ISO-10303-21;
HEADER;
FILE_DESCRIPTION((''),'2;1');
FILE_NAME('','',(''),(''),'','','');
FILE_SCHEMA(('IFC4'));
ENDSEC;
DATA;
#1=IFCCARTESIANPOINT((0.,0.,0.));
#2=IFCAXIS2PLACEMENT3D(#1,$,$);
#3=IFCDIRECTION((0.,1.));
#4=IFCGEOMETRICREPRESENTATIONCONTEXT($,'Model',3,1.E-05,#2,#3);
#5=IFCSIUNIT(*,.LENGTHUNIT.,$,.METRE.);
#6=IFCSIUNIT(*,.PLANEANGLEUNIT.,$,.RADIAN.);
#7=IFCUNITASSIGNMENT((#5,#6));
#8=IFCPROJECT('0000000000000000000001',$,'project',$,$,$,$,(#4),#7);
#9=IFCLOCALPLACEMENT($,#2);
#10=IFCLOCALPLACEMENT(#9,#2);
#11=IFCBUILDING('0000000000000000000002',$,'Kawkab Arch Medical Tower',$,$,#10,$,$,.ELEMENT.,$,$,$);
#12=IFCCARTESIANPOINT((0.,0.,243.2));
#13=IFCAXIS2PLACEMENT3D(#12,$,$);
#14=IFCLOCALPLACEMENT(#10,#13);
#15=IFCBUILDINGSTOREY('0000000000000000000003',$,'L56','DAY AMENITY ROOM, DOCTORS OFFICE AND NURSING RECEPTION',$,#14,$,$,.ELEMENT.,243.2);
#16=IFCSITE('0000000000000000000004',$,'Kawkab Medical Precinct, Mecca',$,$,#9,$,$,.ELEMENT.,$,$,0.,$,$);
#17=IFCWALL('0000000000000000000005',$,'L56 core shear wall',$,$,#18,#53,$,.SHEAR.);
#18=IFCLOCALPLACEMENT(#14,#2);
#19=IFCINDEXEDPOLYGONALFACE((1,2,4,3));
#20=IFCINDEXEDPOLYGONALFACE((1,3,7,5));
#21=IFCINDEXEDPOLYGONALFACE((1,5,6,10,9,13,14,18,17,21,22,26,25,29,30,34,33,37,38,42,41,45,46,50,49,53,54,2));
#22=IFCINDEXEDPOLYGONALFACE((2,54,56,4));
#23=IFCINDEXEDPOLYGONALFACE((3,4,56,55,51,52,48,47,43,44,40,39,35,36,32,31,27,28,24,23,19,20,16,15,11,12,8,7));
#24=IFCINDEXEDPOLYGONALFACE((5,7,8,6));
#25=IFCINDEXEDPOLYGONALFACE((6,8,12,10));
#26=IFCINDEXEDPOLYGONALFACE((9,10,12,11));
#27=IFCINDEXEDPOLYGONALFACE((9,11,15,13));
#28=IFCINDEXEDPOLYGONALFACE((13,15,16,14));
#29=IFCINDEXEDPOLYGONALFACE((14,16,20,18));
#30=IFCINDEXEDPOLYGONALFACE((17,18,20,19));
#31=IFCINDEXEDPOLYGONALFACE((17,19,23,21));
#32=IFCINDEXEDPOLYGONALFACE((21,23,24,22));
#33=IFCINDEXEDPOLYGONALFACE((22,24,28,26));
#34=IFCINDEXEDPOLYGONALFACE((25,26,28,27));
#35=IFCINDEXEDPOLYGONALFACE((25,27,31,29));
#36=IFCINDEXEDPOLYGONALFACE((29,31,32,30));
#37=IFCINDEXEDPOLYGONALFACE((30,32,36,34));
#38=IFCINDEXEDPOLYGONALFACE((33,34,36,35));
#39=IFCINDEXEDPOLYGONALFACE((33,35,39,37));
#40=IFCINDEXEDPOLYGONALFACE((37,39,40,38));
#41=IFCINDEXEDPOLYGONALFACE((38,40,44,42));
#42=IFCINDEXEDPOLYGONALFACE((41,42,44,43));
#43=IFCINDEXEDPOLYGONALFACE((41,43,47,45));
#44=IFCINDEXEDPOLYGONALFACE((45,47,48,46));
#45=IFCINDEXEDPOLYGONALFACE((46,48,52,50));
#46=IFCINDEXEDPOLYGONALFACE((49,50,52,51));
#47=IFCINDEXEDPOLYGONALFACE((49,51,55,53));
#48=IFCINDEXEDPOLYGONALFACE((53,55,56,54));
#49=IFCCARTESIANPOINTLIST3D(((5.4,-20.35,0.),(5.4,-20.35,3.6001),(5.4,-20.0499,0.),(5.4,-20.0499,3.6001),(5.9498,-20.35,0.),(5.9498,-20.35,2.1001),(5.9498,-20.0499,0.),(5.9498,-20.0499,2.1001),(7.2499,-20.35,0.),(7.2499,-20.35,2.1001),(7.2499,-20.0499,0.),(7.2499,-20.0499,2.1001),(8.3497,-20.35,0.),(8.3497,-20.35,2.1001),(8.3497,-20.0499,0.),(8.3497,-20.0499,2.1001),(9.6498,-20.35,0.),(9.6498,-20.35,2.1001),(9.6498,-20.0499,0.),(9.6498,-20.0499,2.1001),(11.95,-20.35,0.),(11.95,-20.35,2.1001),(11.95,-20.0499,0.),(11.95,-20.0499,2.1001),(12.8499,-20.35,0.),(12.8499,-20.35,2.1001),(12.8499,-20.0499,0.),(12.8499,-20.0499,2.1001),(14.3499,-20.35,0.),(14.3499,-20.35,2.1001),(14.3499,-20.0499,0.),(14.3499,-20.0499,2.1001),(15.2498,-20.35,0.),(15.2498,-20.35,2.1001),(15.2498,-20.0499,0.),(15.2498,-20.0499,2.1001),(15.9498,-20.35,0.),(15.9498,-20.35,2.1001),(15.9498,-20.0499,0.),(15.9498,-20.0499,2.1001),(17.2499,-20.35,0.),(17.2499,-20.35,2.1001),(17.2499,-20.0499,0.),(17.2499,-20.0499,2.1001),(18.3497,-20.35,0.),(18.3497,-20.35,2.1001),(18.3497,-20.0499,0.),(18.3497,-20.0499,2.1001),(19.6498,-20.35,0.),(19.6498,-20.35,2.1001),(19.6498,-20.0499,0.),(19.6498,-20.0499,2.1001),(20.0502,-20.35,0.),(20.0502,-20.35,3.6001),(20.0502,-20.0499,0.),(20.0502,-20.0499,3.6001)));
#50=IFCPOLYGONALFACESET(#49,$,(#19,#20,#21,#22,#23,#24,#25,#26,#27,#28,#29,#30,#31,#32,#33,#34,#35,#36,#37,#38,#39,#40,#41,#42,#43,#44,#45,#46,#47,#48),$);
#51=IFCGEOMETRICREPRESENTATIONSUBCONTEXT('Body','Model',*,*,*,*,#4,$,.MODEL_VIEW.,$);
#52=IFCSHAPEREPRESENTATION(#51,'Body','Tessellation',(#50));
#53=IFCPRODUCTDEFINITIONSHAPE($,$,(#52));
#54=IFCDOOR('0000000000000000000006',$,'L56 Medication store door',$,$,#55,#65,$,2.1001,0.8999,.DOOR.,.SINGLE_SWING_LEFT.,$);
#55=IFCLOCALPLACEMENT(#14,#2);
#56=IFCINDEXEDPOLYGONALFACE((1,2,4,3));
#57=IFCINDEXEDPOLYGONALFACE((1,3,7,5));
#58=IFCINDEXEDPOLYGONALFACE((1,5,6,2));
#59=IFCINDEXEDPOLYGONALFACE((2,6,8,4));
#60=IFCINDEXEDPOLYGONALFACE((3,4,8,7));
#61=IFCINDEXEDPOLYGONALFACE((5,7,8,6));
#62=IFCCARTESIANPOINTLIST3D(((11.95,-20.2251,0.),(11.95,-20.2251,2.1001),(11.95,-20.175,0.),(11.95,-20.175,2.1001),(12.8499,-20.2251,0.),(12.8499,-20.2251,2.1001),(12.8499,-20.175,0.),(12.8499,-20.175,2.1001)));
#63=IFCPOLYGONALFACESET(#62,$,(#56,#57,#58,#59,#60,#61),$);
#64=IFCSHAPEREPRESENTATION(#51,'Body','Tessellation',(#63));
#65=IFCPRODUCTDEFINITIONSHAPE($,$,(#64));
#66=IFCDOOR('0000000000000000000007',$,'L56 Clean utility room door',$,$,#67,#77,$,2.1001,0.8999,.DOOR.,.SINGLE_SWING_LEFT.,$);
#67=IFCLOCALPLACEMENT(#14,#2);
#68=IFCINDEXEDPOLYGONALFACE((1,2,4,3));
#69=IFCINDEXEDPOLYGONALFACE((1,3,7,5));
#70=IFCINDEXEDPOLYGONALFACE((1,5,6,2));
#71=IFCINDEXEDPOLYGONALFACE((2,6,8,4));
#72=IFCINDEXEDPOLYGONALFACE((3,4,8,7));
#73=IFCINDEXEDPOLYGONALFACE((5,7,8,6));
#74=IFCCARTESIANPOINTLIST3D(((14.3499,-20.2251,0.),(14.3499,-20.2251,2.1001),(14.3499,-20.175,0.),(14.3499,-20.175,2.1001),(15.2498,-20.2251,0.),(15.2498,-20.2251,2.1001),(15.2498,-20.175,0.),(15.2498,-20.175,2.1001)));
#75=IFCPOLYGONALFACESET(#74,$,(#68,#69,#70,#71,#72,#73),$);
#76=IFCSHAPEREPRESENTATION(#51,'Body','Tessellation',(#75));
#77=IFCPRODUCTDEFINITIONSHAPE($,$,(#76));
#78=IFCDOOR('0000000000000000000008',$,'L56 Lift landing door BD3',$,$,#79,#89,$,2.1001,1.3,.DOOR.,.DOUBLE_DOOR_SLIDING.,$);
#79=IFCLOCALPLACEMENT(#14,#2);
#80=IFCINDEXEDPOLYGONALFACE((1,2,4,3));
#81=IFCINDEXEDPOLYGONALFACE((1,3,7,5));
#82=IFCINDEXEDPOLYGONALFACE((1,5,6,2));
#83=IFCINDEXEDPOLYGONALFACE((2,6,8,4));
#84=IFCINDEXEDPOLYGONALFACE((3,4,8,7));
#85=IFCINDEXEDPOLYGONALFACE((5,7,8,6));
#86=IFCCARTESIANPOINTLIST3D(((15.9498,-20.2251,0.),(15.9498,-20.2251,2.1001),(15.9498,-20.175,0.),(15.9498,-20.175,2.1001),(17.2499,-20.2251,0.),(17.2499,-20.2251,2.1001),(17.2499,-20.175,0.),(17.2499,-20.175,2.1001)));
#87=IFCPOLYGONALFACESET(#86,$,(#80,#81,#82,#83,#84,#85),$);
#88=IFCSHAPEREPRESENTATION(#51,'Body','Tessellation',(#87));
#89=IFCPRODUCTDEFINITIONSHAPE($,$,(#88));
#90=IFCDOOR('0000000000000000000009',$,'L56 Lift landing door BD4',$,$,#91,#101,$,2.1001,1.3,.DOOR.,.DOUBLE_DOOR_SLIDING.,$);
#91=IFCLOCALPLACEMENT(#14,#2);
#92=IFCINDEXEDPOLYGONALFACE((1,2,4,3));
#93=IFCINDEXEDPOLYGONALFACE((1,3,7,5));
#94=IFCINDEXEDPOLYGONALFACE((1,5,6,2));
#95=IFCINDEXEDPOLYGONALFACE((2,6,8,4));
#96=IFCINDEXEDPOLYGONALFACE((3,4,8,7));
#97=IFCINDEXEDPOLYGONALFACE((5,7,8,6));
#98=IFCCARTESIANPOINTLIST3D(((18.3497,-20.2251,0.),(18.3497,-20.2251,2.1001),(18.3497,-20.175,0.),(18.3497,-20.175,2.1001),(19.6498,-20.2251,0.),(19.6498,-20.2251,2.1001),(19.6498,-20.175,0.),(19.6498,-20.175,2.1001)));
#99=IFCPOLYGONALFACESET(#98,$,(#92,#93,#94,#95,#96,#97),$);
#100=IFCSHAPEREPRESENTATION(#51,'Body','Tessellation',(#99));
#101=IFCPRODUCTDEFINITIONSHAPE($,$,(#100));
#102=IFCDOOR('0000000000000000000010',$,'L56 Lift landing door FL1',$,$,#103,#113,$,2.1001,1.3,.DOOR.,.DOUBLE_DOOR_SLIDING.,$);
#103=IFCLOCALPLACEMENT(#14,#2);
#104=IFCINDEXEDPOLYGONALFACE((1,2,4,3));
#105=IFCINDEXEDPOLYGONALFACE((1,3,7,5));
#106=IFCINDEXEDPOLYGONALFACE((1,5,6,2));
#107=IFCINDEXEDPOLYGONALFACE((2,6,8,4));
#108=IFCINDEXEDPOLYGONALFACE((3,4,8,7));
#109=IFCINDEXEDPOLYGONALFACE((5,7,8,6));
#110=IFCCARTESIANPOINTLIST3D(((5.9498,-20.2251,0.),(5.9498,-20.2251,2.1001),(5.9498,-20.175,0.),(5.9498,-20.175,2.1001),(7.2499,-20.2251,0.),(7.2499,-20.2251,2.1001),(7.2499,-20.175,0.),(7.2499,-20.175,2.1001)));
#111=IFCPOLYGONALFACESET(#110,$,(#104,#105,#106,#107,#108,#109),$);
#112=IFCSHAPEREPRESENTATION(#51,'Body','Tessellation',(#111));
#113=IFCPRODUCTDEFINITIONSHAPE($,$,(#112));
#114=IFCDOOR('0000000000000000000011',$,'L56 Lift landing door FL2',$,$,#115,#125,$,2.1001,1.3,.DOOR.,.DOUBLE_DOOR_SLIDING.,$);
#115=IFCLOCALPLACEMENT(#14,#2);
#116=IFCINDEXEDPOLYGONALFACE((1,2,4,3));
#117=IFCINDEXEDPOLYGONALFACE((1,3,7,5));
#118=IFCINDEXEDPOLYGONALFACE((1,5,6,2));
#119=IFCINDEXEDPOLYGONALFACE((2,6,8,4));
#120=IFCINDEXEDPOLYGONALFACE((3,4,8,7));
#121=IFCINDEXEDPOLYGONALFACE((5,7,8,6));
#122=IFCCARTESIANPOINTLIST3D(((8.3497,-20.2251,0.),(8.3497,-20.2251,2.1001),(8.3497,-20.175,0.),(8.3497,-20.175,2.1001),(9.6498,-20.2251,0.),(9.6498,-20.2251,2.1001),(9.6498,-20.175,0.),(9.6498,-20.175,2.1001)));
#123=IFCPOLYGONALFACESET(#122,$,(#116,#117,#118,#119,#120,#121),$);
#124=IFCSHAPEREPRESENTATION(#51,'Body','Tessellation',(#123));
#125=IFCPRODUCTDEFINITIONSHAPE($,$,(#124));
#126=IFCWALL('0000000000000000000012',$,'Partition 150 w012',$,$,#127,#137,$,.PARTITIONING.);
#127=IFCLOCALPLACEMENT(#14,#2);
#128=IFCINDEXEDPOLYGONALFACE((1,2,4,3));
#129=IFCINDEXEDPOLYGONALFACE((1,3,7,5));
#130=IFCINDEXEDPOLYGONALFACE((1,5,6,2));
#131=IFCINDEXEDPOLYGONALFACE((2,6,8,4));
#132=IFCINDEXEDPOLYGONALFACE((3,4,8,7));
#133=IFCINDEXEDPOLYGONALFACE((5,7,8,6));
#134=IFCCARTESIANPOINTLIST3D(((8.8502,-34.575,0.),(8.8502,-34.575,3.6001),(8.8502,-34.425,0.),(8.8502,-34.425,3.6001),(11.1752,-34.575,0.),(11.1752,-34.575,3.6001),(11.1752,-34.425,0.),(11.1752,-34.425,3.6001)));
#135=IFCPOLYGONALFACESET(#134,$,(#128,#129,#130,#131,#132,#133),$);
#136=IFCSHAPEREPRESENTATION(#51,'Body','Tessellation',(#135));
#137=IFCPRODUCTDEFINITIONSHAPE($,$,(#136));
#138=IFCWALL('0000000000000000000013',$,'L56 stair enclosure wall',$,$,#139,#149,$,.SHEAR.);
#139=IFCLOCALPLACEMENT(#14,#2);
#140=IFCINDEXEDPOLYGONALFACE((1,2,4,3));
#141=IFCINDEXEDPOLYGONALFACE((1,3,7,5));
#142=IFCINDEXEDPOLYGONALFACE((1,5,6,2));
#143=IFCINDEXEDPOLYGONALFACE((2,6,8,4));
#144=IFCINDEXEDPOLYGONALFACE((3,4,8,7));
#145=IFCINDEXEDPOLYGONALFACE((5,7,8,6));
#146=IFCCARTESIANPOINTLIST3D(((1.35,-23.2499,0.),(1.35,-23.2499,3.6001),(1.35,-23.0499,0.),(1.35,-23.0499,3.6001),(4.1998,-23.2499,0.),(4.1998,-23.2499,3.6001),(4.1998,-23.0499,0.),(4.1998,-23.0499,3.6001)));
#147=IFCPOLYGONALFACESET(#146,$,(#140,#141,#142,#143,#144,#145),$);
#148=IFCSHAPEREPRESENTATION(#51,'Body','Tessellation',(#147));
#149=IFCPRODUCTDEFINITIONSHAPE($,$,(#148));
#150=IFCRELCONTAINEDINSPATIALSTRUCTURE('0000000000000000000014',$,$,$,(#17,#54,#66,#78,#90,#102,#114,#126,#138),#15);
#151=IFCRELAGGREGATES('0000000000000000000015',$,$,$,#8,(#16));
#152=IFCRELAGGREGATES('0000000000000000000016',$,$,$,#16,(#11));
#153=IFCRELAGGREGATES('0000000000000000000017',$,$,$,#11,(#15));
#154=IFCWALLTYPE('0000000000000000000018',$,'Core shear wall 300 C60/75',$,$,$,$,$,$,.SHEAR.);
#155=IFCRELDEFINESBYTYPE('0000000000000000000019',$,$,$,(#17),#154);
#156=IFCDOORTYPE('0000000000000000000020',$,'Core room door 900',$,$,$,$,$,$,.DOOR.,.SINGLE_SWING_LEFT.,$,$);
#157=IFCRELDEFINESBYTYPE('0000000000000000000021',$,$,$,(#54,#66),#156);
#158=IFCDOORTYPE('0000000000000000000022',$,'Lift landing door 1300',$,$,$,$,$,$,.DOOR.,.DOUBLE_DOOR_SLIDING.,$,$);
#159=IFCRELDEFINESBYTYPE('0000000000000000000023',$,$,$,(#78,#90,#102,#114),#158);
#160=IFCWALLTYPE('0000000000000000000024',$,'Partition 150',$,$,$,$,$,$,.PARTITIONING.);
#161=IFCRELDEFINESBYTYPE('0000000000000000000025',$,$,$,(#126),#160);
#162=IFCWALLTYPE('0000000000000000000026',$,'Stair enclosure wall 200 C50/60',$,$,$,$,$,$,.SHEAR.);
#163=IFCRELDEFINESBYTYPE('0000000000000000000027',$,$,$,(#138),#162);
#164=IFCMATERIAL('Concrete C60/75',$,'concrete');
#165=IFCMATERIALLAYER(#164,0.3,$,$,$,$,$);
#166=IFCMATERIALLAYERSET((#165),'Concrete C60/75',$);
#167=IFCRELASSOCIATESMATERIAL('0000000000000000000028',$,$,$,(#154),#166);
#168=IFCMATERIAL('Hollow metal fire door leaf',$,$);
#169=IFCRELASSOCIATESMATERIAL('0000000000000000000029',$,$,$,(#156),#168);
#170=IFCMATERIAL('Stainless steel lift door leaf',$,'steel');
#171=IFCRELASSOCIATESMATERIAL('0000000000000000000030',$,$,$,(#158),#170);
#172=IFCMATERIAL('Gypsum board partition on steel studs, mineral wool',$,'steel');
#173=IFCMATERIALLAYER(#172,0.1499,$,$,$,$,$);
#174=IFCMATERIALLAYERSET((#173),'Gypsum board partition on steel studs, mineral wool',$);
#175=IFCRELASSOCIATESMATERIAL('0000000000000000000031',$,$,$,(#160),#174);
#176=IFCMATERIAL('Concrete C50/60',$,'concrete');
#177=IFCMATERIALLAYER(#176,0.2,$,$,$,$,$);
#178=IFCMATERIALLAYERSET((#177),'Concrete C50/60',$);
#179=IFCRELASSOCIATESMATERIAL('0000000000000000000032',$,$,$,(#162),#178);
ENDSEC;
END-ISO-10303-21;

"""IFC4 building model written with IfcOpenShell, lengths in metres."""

from ifc_helpers import new_model, si_unit, direction, frame, frame_2d, origin, place, context, subcontext, project, spatial, rectangle, extrude, material, layer, layer_set, type_object, element, fill, save


model = new_model("IFC4")

# Units and contexts
model_context = context("Model", 3, precision=1e-05, world=origin(), true_north=direction((0.0, 1.0)))
body_context = subcontext(model_context, "Body", "Model", "MODEL_VIEW")
ifc_project = project(units=[si_unit("LENGTHUNIT", "METRE"), si_unit("PLANEANGLEUNIT", "RADIAN")], contexts=[model_context])

# Site, building, storey
site_placement = place(None, origin())
site = spatial("IfcSite", under=ifc_project, at=site_placement, Name="Kawkab Medical Precinct, Mecca", CompositionType="ELEMENT", RefElevation=0.0)
building_placement = place(site_placement, origin())
building = spatial("IfcBuilding", under=site, at=building_placement, Name="Kawkab Arch Medical Tower", CompositionType="ELEMENT")
storey_placement = place(building_placement, frame((0.0, 0.0, 243.2)))
storey = spatial("IfcBuildingStorey", under=building, at=storey_placement, Name="L56", Description="DAY AMENITY ROOM, DOCTORS OFFICE AND NURSING RECEPTION", CompositionType="ELEMENT", Elevation=243.2)

# Wall, openings, doors
ifc_material_1 = material(Name="Concrete C60/75", Category="concrete")
ifc_layer_1 = layer(ifc_material_1, 0.3)
ifc_layer_set_1 = layer_set([ifc_layer_1], Name="Concrete C60/75")
wall_type_1 = type_object("IfcWallType", Name="Core shear wall 300 C60/75", PredefinedType="SHEAR", material=ifc_layer_set_1)
wall_1_placement = place(storey_placement, frame((5.3999, -20.2, 0.0), z_axis=(0.0, 0.0, 1.0), x_axis=(1.0, 0.0, 0.0)))
wall_1 = element("IfcWall", 1, at=wall_1_placement, inside=storey, type_object=wall_type_1, Name="L56 core shear wall", PredefinedType="SHEAR", context=body_context, shape_type="SweptSolid", body=[
    extrude(rectangle(XDim=14.6501, YDim=0.3, at=frame_2d((7.3252, 0.0))), origin(), (0.0, 0.0, 1.0), 3.6001),
])
opening_1_placement = place(wall_1_placement, frame((10.55, 0.0, 0.0)))
opening_1 = element("IfcOpeningElement", 2, at=opening_1_placement, cuts=wall_1, PredefinedType="OPENING", context=body_context, shape_type="SweptSolid", body=[
    extrude(rectangle(XDim=1.3, YDim=2.1001, at=frame_2d((0.6499, 1.05))), frame((0.0, 0.1599, 0.0), z_axis=(0.0, -1.0, 0.0), x_axis=(1.0, 0.0, 0.0)), (0.0, 0.0, 1.0), 0.3201),
])
opening_2_placement = place(wall_1_placement, frame((12.95, 0.0, 0.0)))
opening_2 = element("IfcOpeningElement", 3, at=opening_2_placement, cuts=wall_1, PredefinedType="OPENING", context=body_context, shape_type="SweptSolid", body=[
    extrude(rectangle(XDim=1.3, YDim=2.1001, at=frame_2d((0.6499, 1.05))), frame((0.0, 0.1599, 0.0), z_axis=(0.0, -1.0, 0.0), x_axis=(1.0, 0.0, 0.0)), (0.0, 0.0, 1.0), 0.3201),
])
opening_3_placement = place(wall_1_placement, frame((0.55, 0.0, 0.0)))
opening_3 = element("IfcOpeningElement", 4, at=opening_3_placement, cuts=wall_1, PredefinedType="OPENING", context=body_context, shape_type="SweptSolid", body=[
    extrude(rectangle(XDim=1.3, YDim=2.1001, at=frame_2d((0.6499, 1.05))), frame((0.0, 0.1599, 0.0), z_axis=(0.0, -1.0, 0.0), x_axis=(1.0, 0.0, 0.0)), (0.0, 0.0, 1.0), 0.3201),
])
opening_4_placement = place(wall_1_placement, frame((2.95, 0.0, 0.0)))
opening_4 = element("IfcOpeningElement", 5, at=opening_4_placement, cuts=wall_1, PredefinedType="OPENING", context=body_context, shape_type="SweptSolid", body=[
    extrude(rectangle(XDim=1.3, YDim=2.1001, at=frame_2d((0.6499, 1.05))), frame((0.0, 0.1599, 0.0), z_axis=(0.0, -1.0, 0.0), x_axis=(1.0, 0.0, 0.0)), (0.0, 0.0, 1.0), 0.3201),
])
opening_5_placement = place(wall_1_placement, frame((6.55, 0.0, 0.0)))
opening_5 = element("IfcOpeningElement", 6, at=opening_5_placement, cuts=wall_1, PredefinedType="OPENING", context=body_context, shape_type="SweptSolid", body=[
    extrude(rectangle(XDim=0.8999, YDim=2.1001, at=frame_2d((0.45, 1.05))), frame((0.0, 0.1599, 0.0), z_axis=(0.0, -1.0, 0.0), x_axis=(1.0, 0.0, 0.0)), (0.0, 0.0, 1.0), 0.3201),
])
opening_6_placement = place(wall_1_placement, frame((8.95, 0.0, 0.0)))
opening_6 = element("IfcOpeningElement", 7, at=opening_6_placement, cuts=wall_1, PredefinedType="OPENING", context=body_context, shape_type="SweptSolid", body=[
    extrude(rectangle(XDim=0.8999, YDim=2.1001, at=frame_2d((0.45, 1.05))), frame((0.0, 0.1599, 0.0), z_axis=(0.0, -1.0, 0.0), x_axis=(1.0, 0.0, 0.0)), (0.0, 0.0, 1.0), 0.3201),
])
ifc_material_2 = material(Name="Hollow metal fire door leaf")
door_type_1 = type_object("IfcDoorType", Name="Core room door 900", OperationType="SINGLE_SWING_LEFT", PredefinedType="DOOR", material=ifc_material_2)
door_1_placement = place(opening_5_placement, origin())
door_1 = element("IfcDoor", 8, at=door_1_placement, inside=storey, type_object=door_type_1, Name="L56 Medication store door", OperationType="SINGLE_SWING_LEFT", OverallHeight=2.1001, OverallWidth=0.8999, PredefinedType="DOOR", context=body_context, shape_type="SweptSolid", body=[
    extrude(rectangle(XDim=0.8999, YDim=2.1001, at=frame_2d((0.45, 1.05))), frame((0.0, 0.0249, 0.0), z_axis=(0.0, -1.0, 0.0), x_axis=(1.0, 0.0, 0.0)), (0.0, 0.0, 1.0), 0.05),
])
fill(opening_5, door_1)
door_2_placement = place(opening_6_placement, origin())
door_2 = element("IfcDoor", 9, at=door_2_placement, inside=storey, type_object=door_type_1, Name="L56 Clean utility room door", OperationType="SINGLE_SWING_LEFT", OverallHeight=2.1001, OverallWidth=0.8999, PredefinedType="DOOR", context=body_context, shape_type="SweptSolid", body=[
    extrude(rectangle(XDim=0.8999, YDim=2.1001, at=frame_2d((0.45, 1.05))), frame((0.0, 0.0249, 0.0), z_axis=(0.0, -1.0, 0.0), x_axis=(1.0, 0.0, 0.0)), (0.0, 0.0, 1.0), 0.05),
])
fill(opening_6, door_2)
ifc_material_3 = material(Name="Stainless steel lift door leaf", Category="steel")
door_type_2 = type_object("IfcDoorType", Name="Lift landing door 1300", OperationType="DOUBLE_DOOR_SLIDING", PredefinedType="DOOR", material=ifc_material_3)
door_3_placement = place(opening_1_placement, origin())
door_3 = element("IfcDoor", 10, at=door_3_placement, inside=storey, type_object=door_type_2, Name="L56 Lift landing door BD3", OperationType="DOUBLE_DOOR_SLIDING", OverallHeight=2.1001, OverallWidth=1.3, PredefinedType="DOOR", context=body_context, shape_type="SweptSolid", body=[
    extrude(rectangle(XDim=1.3, YDim=2.1001, at=frame_2d((0.6499, 1.05))), frame((0.0, 0.0249, 0.0), z_axis=(0.0, -1.0, 0.0), x_axis=(1.0, 0.0, 0.0)), (0.0, 0.0, 1.0), 0.05),
])
fill(opening_1, door_3)
door_4_placement = place(opening_2_placement, origin())
door_4 = element("IfcDoor", 11, at=door_4_placement, inside=storey, type_object=door_type_2, Name="L56 Lift landing door BD4", OperationType="DOUBLE_DOOR_SLIDING", OverallHeight=2.1001, OverallWidth=1.3, PredefinedType="DOOR", context=body_context, shape_type="SweptSolid", body=[
    extrude(rectangle(XDim=1.3, YDim=2.1001, at=frame_2d((0.6499, 1.05))), frame((0.0, 0.0249, 0.0), z_axis=(0.0, -1.0, 0.0), x_axis=(1.0, 0.0, 0.0)), (0.0, 0.0, 1.0), 0.05),
])
fill(opening_2, door_4)
door_5_placement = place(opening_3_placement, origin())
door_5 = element("IfcDoor", 12, at=door_5_placement, inside=storey, type_object=door_type_2, Name="L56 Lift landing door FL1", OperationType="DOUBLE_DOOR_SLIDING", OverallHeight=2.1001, OverallWidth=1.3, PredefinedType="DOOR", context=body_context, shape_type="SweptSolid", body=[
    extrude(rectangle(XDim=1.3, YDim=2.1001, at=frame_2d((0.6499, 1.05))), frame((0.0, 0.0249, 0.0), z_axis=(0.0, -1.0, 0.0), x_axis=(1.0, 0.0, 0.0)), (0.0, 0.0, 1.0), 0.05),
])
fill(opening_3, door_5)
door_6_placement = place(opening_4_placement, origin())
door_6 = element("IfcDoor", 13, at=door_6_placement, inside=storey, type_object=door_type_2, Name="L56 Lift landing door FL2", OperationType="DOUBLE_DOOR_SLIDING", OverallHeight=2.1001, OverallWidth=1.3, PredefinedType="DOOR", context=body_context, shape_type="SweptSolid", body=[
    extrude(rectangle(XDim=1.3, YDim=2.1001, at=frame_2d((0.6499, 1.05))), frame((0.0, 0.0249, 0.0), z_axis=(0.0, -1.0, 0.0), x_axis=(1.0, 0.0, 0.0)), (0.0, 0.0, 1.0), 0.05),
])
fill(opening_4, door_6)

# Walls
ifc_material_4 = material(Name="Gypsum board partition on steel studs, mineral wool", Category="steel")
ifc_layer_2 = layer(ifc_material_4, 0.1499)
ifc_layer_set_2 = layer_set([ifc_layer_2], Name="Gypsum board partition on steel studs, mineral wool")
wall_type_2 = type_object("IfcWallType", Name="Partition 150", PredefinedType="PARTITIONING", material=ifc_layer_set_2)
wall_2_placement = place(storey_placement, frame((8.8501, -34.5, 0.0), z_axis=(0.0, 0.0, 1.0), x_axis=(1.0, 0.0, 0.0)))
element("IfcWall", 14, at=wall_2_placement, inside=storey, type_object=wall_type_2, Name="Partition 150 w012", PredefinedType="PARTITIONING", context=body_context, shape_type="SweptSolid", body=[
    extrude(rectangle(XDim=2.325, YDim=0.1499, at=frame_2d((1.1626, 0.0))), origin(), (0.0, 0.0, 1.0), 3.6001),
])
ifc_material_5 = material(Name="Concrete C50/60", Category="concrete")
ifc_layer_3 = layer(ifc_material_5, 0.2)
ifc_layer_set_3 = layer_set([ifc_layer_3], Name="Concrete C50/60")
wall_type_3 = type_object("IfcWallType", Name="Stair enclosure wall 200 C50/60", PredefinedType="SHEAR", material=ifc_layer_set_3)
wall_3_placement = place(storey_placement, frame((1.3501, -23.1499, 0.0), z_axis=(0.0, 0.0, 1.0), x_axis=(1.0, 0.0, 0.0)))
element("IfcWall", 15, at=wall_3_placement, inside=storey, type_object=wall_type_3, Name="L56 stair enclosure wall", PredefinedType="SHEAR", context=body_context, shape_type="SweptSolid", body=[
    extrude(rectangle(XDim=2.8499, YDim=0.2, at=frame_2d((1.4248, 0.0))), origin(), (0.0, 0.0, 1.0), 3.6001),
])

save(model, "model.ifc")
